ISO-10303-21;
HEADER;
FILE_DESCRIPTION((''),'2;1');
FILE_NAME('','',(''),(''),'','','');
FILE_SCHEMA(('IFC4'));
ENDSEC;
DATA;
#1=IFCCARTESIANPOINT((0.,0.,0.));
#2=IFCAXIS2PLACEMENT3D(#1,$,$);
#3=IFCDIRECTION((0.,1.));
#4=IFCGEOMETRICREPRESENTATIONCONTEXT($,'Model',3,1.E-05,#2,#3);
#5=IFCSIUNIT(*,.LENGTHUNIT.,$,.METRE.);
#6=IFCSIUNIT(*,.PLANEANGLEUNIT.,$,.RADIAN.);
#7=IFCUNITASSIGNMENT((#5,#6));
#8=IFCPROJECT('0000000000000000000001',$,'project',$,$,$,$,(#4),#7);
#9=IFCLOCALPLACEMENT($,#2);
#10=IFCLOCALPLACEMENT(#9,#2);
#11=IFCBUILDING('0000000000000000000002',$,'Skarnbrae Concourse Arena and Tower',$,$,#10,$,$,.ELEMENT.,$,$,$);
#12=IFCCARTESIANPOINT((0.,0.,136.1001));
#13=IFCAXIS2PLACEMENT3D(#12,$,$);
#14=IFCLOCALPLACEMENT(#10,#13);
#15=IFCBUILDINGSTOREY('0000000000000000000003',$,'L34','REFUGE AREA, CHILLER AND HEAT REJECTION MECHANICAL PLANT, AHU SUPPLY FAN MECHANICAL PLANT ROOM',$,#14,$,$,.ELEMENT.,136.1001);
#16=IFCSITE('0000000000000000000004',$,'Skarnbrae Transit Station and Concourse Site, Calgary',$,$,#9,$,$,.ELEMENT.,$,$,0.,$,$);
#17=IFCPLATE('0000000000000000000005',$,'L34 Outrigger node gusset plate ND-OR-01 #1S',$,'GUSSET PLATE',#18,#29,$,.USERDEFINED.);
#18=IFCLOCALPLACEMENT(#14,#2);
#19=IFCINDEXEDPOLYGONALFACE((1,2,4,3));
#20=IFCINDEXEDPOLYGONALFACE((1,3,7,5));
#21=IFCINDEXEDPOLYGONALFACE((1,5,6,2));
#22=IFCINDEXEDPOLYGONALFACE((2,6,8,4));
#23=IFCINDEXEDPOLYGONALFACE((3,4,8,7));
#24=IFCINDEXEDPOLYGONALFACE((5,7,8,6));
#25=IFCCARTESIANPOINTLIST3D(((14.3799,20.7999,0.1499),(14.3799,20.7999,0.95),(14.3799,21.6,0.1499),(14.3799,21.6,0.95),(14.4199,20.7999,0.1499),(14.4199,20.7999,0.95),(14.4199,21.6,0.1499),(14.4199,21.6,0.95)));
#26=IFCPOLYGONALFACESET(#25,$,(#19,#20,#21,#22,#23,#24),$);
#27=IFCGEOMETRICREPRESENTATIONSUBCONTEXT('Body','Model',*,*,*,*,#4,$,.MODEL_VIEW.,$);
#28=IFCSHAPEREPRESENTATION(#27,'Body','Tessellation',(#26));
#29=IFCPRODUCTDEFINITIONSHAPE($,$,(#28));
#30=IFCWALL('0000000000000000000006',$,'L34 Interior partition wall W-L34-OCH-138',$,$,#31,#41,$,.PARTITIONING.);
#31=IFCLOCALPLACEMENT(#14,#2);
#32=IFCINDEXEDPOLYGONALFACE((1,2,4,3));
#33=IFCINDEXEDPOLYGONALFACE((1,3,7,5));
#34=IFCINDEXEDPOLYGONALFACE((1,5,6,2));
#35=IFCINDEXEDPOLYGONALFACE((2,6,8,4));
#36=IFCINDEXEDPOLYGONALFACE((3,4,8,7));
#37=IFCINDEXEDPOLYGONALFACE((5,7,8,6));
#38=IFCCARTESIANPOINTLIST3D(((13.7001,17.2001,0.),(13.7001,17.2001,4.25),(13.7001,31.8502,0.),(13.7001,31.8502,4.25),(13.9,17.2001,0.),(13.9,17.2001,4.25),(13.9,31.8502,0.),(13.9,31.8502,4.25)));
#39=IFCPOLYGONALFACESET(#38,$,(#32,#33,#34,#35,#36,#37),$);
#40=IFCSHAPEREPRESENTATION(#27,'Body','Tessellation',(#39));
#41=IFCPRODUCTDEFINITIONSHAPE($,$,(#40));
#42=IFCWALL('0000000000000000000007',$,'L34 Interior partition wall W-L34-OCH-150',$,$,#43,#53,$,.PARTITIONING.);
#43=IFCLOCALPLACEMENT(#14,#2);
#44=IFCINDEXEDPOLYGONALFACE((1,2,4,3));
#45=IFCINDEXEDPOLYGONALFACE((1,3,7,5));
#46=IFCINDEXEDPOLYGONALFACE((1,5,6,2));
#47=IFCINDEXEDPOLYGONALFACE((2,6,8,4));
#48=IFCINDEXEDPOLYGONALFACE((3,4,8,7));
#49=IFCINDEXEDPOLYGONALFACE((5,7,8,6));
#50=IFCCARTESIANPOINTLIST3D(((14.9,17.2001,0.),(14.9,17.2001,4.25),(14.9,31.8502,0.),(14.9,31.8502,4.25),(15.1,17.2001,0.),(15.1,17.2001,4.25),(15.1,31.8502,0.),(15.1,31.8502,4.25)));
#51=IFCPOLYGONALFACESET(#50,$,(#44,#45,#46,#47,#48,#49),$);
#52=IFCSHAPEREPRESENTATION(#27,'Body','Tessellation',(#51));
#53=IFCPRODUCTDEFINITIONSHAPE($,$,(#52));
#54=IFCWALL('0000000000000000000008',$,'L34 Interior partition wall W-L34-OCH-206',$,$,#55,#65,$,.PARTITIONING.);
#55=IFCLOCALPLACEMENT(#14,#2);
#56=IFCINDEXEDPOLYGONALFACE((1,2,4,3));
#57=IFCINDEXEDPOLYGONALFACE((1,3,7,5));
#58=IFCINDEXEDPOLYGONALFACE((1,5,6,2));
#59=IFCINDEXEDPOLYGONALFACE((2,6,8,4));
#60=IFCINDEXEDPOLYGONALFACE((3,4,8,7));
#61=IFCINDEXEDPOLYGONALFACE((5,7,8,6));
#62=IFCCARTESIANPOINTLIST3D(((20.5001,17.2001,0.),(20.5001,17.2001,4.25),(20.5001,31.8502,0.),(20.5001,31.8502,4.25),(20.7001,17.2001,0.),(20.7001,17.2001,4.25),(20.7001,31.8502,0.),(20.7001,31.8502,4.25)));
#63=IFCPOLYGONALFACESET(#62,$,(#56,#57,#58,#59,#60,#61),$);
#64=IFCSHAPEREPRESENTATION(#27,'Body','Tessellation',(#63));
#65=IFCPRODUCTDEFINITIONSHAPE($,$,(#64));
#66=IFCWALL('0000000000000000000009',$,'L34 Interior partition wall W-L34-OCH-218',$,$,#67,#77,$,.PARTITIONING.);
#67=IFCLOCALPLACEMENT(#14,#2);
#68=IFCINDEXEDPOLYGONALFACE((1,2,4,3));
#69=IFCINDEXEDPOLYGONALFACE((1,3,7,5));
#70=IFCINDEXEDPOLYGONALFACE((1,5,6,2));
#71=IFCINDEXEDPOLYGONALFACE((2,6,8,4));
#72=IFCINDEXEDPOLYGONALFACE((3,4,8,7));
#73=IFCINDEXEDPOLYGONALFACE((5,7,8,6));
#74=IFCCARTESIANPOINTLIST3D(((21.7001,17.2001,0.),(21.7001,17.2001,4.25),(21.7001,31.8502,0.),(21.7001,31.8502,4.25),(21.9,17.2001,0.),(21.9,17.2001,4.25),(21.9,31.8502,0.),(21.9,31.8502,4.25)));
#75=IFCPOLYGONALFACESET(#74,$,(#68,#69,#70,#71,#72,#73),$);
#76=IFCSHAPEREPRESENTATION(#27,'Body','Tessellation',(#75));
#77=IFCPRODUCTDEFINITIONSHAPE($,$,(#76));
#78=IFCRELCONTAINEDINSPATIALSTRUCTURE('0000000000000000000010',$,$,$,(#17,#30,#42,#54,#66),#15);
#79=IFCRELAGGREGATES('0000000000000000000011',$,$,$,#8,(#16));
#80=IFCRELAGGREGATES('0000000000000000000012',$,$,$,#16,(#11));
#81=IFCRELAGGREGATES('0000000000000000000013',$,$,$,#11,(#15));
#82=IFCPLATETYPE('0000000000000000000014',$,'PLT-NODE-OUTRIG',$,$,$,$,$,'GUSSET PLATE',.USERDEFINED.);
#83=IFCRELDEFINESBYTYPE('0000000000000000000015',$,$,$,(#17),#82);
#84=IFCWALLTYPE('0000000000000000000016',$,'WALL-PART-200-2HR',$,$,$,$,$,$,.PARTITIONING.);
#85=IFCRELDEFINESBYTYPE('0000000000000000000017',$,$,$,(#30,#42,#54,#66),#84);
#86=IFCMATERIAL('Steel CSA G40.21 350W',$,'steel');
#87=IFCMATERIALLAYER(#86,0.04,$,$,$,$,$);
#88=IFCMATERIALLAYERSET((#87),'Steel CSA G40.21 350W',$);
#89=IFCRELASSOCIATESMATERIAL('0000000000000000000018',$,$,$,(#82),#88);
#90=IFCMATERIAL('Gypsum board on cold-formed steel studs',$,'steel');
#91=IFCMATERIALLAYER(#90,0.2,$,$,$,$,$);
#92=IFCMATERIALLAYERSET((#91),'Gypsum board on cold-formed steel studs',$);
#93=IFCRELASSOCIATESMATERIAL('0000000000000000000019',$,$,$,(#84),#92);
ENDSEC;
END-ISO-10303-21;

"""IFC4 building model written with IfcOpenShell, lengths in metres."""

from ifc_helpers import new_model, si_unit, direction, frame, frame_2d, origin, origin_2d, place, context, subcontext, project, spatial, rectangle, extrude, source, transform, mapped, material, layer, layer_set, type_object, element, save


model = new_model("IFC4")

# Units and contexts
model_context = context("Model", 3, precision=1e-05, world=origin(), true_north=direction((0.0, 1.0)))
body_context = subcontext(model_context, "Body", "Model", "MODEL_VIEW")
ifc_project = project(units=[si_unit("LENGTHUNIT", "METRE"), si_unit("PLANEANGLEUNIT", "RADIAN")], contexts=[model_context])

# Site, building, storey
site_placement = place(None, origin())
site = spatial("IfcSite", under=ifc_project, at=site_placement, Name="Skarnbrae Transit Station and Concourse Site, Calgary", CompositionType="ELEMENT", RefElevation=0.0)
building_placement = place(site_placement, origin())
building = spatial("IfcBuilding", under=site, at=building_placement, Name="Skarnbrae Concourse Arena and Tower", CompositionType="ELEMENT")
storey_placement = place(building_placement, frame((0.0, 0.0, 136.1001)))
storey = spatial("IfcBuildingStorey", under=building, at=storey_placement, Name="L34", Description="REFUGE AREA, CHILLER AND HEAT REJECTION MECHANICAL PLANT, AHU SUPPLY FAN MECHANICAL PLANT ROOM", CompositionType="ELEMENT", Elevation=136.1001)

# Shared definitions
ifc_material_1 = material(Name="Steel CSA G40.21 350W", Category="steel")

# Plate
ifc_layer_1 = layer(ifc_material_1, 0.04)
ifc_layer_set_1 = layer_set([ifc_layer_1], Name="Steel CSA G40.21 350W")
plate_type_1 = type_object("IfcPlateType", Name="PLT-NODE-OUTRIG", ElementType="GUSSET PLATE", PredefinedType="USERDEFINED", material=ifc_layer_set_1)
shared_shape_1 = source(origin(), body_context, "Body", "SweptSolid", [
    extrude(rectangle(XDim=0.8, YDim=0.04, at=origin_2d()), origin(), (0.0, 0.0, 1.0), 0.8),
])
plate_1_placement = place(storey_placement, frame((14.3999, 21.2, 0.1499), z_axis=(0.0, 0.0, 1.0), x_axis=(0.0, 1.0, 0.0)))
element("IfcPlate", 1, at=plate_1_placement, inside=storey, type_object=plate_type_1, Name="L34 Outrigger node gusset plate ND-OR-01 #1S", ObjectType="GUSSET PLATE", PredefinedType="USERDEFINED", context=body_context, shape_type="MappedRepresentation", body=[
    mapped(shared_shape_1, transform((0.0, 0.0, 0.0))),
])

# Walls
ifc_material_2 = material(Name="Gypsum board on cold-formed steel studs", Category="steel")
ifc_layer_2 = layer(ifc_material_2, 0.2)
ifc_layer_set_2 = layer_set([ifc_layer_2], Name="Gypsum board on cold-formed steel studs")
wall_type_1 = type_object("IfcWallType", Name="WALL-PART-200-2HR", PredefinedType="PARTITIONING", material=ifc_layer_set_2)
shared_shape_2 = source(origin(), body_context, "Body", "SweptSolid", [
    extrude(rectangle(XDim=14.6501, YDim=0.2, at=frame_2d((7.3252, 0.0))), origin(), (0.0, 0.0, 1.0), 4.25),
])
for number, where, z_axis, x_axis, name in (
    (2, (13.8, 17.2, 0.0), (0.0, 0.0, 1.0), (0.0, 1.0, 0.0), "L34 Interior partition wall W-L34-OCH-138"),
    (3, (15.0, 17.2, 0.0), (0.0, 0.0, 1.0), (0.0, 1.0, 0.0), "L34 Interior partition wall W-L34-OCH-150"),
    (4, (20.6001, 17.2, 0.0), (0.0, 0.0, 1.0), (0.0, 1.0, 0.0), "L34 Interior partition wall W-L34-OCH-206"),
    (5, (21.8, 17.2, 0.0), (0.0, 0.0, 1.0), (0.0, 1.0, 0.0), "L34 Interior partition wall W-L34-OCH-218"),
):
    element("IfcWall", number, at=place(storey_placement, frame(where, z_axis=z_axis, x_axis=x_axis)), inside=storey, type_object=wall_type_1, Name=name, PredefinedType="PARTITIONING", context=body_context, shape_type="MappedRepresentation", body=[
        mapped(shared_shape_2, transform((0.0, 0.0, 0.0))),
    ])

save(model, "model.ifc")
